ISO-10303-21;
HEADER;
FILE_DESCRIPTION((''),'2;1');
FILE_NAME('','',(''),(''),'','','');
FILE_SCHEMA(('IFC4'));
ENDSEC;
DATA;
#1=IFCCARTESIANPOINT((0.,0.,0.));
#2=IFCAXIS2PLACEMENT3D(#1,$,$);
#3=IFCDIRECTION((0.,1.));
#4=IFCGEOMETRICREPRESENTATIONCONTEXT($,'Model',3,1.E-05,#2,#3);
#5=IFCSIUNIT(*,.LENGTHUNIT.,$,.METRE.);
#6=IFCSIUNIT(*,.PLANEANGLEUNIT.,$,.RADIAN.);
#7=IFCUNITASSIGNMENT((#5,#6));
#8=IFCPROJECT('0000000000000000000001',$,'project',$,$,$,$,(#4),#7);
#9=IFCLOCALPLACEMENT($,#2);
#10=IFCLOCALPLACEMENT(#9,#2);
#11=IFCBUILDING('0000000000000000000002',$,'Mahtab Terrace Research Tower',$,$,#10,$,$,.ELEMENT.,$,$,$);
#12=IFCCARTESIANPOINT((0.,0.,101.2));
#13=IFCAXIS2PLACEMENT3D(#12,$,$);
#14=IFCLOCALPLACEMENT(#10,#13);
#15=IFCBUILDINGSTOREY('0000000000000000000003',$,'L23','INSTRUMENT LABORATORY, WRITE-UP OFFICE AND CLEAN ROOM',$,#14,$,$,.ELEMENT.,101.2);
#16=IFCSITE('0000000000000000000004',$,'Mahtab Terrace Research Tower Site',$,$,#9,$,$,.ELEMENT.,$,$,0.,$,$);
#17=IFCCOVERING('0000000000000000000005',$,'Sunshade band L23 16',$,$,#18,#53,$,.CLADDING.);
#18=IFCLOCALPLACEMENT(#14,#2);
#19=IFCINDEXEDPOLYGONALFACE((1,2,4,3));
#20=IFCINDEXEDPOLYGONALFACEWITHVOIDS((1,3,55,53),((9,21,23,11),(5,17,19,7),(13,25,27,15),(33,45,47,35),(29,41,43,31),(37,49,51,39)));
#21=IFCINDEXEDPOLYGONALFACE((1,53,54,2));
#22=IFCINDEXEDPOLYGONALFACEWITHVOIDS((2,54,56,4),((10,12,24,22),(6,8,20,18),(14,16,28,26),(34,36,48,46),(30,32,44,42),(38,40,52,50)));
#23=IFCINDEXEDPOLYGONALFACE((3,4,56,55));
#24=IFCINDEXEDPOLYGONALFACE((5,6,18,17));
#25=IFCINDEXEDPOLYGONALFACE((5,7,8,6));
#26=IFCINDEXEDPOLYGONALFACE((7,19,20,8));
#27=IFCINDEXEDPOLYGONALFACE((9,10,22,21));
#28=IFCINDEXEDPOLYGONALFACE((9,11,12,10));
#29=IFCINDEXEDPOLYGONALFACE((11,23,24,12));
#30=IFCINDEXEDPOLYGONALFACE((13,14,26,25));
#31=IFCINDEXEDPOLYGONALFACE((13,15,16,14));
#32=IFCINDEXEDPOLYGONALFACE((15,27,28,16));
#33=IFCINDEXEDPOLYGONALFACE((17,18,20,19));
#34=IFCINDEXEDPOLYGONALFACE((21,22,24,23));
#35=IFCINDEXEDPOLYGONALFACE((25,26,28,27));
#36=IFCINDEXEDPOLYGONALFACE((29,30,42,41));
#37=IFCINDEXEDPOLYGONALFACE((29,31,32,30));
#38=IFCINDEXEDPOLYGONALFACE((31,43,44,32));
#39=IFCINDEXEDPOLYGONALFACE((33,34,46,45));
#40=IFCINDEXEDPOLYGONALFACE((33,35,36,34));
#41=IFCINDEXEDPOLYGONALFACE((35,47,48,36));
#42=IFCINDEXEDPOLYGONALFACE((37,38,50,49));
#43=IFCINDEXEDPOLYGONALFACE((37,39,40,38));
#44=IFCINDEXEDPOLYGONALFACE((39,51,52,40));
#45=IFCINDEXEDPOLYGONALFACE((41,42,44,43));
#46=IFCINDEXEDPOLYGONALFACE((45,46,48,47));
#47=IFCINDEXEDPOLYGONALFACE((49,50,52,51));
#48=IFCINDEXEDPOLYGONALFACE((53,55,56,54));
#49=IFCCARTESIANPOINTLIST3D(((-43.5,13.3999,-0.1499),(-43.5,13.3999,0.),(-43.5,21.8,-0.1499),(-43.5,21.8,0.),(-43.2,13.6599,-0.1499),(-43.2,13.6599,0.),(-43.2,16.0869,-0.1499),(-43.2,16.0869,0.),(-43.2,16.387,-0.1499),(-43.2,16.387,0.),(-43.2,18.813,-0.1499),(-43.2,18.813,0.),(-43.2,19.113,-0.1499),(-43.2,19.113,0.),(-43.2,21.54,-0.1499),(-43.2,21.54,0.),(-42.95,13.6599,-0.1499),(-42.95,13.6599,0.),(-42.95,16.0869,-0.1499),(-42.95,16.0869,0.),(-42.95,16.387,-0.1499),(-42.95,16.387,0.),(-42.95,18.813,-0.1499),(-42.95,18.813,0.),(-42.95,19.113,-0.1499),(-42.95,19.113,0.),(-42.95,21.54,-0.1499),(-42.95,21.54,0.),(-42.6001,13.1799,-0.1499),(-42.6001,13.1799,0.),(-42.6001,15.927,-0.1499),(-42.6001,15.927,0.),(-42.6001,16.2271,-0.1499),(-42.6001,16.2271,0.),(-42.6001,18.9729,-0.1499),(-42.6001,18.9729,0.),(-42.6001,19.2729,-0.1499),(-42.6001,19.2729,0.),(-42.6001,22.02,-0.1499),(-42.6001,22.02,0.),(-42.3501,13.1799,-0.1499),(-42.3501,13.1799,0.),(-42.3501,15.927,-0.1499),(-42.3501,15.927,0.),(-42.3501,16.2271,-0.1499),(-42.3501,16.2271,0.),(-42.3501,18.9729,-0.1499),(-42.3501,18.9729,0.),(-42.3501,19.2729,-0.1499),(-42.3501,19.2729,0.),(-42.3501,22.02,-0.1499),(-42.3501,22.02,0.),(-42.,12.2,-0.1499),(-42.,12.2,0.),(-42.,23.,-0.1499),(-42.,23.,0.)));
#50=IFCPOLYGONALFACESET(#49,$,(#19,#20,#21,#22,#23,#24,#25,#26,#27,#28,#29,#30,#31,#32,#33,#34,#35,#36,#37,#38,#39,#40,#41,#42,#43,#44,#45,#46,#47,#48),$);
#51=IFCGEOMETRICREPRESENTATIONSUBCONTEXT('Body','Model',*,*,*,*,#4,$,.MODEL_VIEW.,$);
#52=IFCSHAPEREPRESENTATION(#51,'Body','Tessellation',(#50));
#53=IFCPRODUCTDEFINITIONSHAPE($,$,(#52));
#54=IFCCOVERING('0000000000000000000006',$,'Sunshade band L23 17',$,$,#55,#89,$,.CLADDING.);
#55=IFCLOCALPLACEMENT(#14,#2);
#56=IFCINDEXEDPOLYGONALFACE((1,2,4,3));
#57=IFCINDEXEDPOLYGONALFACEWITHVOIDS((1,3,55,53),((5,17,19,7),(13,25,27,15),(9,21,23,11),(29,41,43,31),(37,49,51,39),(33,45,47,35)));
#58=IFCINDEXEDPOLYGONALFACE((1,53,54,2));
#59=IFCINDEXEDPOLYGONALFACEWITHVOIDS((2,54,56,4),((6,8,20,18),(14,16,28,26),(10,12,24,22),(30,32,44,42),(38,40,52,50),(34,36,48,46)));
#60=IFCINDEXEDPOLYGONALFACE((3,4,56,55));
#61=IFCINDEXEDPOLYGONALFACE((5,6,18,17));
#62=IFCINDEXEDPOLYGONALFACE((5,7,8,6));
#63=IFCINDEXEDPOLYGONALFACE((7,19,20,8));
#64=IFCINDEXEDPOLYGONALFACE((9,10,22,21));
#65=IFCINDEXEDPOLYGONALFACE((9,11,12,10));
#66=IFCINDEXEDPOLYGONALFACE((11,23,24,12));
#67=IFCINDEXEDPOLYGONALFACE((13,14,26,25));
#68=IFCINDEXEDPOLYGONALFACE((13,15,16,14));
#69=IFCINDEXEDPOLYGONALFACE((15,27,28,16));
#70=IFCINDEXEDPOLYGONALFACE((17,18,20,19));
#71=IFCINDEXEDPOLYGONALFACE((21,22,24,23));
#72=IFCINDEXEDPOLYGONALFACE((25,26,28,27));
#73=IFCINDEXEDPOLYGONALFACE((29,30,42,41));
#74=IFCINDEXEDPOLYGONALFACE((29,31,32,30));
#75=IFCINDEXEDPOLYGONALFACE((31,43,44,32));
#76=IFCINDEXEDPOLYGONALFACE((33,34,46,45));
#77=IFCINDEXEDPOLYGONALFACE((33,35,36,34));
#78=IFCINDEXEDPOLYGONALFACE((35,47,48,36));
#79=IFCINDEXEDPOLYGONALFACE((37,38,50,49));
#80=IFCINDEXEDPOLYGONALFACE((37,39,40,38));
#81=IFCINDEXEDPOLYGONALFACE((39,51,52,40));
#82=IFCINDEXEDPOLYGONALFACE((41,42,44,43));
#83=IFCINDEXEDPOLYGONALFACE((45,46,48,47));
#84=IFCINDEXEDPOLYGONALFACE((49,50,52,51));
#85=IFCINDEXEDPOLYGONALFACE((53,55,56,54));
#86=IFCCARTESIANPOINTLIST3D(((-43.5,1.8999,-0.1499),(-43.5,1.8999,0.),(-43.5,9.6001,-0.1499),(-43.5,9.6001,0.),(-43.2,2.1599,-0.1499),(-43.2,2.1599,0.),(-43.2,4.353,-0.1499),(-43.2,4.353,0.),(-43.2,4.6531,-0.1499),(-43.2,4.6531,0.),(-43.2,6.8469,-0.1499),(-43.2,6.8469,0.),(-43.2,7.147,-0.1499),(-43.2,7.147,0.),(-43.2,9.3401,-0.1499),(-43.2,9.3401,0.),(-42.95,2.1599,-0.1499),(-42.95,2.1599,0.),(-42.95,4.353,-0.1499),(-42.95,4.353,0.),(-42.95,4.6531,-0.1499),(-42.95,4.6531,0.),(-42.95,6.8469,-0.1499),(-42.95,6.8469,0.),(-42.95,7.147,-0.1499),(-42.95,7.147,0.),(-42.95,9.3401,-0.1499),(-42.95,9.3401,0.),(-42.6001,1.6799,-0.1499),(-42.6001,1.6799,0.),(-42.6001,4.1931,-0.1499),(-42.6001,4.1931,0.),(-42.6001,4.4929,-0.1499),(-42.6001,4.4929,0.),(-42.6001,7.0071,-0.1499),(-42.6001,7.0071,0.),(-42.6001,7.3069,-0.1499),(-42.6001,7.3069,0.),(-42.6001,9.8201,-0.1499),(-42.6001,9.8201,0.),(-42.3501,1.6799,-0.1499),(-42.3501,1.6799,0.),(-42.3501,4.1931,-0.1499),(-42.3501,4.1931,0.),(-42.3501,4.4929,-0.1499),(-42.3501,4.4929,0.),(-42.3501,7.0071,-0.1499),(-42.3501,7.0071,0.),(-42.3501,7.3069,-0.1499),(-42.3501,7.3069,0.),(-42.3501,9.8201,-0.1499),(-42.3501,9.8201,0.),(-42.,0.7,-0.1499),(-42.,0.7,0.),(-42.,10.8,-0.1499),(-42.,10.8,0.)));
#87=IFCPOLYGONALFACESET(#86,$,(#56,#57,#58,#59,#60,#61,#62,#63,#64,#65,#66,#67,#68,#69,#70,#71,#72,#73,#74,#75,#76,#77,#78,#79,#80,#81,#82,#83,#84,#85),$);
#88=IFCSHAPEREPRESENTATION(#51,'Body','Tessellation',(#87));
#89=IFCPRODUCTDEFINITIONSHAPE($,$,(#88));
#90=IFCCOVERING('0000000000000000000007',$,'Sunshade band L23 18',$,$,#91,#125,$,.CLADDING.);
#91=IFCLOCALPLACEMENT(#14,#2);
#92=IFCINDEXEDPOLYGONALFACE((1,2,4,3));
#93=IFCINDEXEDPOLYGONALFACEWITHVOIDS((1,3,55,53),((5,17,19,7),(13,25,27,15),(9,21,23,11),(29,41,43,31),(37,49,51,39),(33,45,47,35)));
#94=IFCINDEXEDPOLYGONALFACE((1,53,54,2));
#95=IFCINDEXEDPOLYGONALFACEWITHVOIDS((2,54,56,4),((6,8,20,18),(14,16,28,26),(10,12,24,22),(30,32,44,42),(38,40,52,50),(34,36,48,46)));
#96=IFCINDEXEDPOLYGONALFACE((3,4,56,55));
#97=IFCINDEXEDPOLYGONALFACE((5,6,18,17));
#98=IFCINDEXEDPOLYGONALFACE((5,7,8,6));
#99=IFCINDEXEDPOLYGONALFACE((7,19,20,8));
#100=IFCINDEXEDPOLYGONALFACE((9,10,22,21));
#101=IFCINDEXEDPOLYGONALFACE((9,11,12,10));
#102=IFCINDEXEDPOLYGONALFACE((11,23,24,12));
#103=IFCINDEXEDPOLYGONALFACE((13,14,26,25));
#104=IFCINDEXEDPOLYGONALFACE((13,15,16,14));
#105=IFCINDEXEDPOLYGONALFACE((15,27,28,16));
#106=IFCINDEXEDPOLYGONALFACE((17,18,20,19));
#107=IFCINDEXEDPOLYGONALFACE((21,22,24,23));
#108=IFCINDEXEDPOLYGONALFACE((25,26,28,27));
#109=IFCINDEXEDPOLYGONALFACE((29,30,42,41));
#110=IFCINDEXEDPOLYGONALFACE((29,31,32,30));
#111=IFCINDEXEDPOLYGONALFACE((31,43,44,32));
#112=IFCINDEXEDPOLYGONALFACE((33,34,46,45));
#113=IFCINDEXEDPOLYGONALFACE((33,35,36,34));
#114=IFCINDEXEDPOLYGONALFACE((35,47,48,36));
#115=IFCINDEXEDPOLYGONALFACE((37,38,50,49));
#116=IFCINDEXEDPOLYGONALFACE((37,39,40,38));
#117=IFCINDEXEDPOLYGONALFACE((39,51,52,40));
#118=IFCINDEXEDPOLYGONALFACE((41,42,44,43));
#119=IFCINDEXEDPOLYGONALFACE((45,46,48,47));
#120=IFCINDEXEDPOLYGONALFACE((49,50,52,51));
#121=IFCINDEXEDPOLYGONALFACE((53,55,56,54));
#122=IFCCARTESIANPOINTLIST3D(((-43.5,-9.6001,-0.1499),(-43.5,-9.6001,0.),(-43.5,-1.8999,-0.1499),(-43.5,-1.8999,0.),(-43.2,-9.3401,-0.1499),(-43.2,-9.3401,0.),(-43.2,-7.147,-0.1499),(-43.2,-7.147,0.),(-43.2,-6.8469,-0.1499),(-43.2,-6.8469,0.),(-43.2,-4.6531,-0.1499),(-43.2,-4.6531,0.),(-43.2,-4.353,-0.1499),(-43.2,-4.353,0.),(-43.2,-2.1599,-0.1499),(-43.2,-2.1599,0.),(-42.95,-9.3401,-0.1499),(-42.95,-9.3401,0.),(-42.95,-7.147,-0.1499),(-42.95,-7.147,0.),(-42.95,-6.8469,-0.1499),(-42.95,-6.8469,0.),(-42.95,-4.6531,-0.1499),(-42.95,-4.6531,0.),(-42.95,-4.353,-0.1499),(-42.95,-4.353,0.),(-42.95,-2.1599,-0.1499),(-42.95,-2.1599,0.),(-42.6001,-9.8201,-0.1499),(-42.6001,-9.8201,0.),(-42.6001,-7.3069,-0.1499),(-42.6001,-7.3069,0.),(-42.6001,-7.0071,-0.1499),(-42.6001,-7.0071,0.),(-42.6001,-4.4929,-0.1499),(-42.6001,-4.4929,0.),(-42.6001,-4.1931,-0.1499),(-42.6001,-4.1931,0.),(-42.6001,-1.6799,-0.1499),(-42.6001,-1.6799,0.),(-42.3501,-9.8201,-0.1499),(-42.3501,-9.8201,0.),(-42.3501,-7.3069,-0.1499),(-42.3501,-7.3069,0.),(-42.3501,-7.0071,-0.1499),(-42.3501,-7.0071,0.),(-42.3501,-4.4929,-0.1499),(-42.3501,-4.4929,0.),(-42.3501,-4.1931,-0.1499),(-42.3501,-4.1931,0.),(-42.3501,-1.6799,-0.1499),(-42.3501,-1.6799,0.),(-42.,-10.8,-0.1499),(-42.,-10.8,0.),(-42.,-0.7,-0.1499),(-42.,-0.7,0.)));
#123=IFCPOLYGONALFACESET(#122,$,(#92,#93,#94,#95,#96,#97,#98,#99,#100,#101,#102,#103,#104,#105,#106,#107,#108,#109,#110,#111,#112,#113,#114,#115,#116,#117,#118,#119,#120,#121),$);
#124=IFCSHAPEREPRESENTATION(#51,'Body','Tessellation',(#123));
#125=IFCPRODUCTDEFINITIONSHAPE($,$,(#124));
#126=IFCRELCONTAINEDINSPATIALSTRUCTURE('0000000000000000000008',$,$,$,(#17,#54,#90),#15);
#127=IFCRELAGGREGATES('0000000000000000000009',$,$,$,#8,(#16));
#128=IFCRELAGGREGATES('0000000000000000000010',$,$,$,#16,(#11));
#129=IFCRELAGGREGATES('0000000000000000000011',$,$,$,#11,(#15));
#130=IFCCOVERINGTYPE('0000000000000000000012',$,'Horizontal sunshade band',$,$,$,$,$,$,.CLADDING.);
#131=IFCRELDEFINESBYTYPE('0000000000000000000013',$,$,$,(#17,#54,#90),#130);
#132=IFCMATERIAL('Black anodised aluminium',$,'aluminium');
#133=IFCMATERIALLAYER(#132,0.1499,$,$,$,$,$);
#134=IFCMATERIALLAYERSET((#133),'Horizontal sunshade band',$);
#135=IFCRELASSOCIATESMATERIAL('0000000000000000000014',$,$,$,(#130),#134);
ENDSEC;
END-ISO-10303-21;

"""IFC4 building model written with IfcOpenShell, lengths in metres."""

from ifc_helpers import new_model, si_unit, direction, frame, origin, place, context, subcontext, project, spatial, polyline, outline, extrude, material, layer, layer_set, type_object, element, save


model = new_model("IFC4")

# Units and contexts
model_context = context("Model", 3, precision=1e-05, world=origin(), true_north=direction((0.0, 1.0)))
body_context = subcontext(model_context, "Body", "Model", "MODEL_VIEW")
ifc_project = project(units=[si_unit("LENGTHUNIT", "METRE"), si_unit("PLANEANGLEUNIT", "RADIAN")], contexts=[model_context])

# Site, building, storey
site_placement = place(None, origin())
site = spatial("IfcSite", under=ifc_project, at=site_placement, Name="Mahtab Terrace Research Tower Site", CompositionType="ELEMENT", RefElevation=0.0)
building_placement = place(site_placement, origin())
building = spatial("IfcBuilding", under=site, at=building_placement, Name="Mahtab Terrace Research Tower", CompositionType="ELEMENT")
storey_placement = place(building_placement, frame((0.0, 0.0, 101.2)))
storey = spatial("IfcBuildingStorey", under=building, at=storey_placement, Name="L23", Description="INSTRUMENT LABORATORY, WRITE-UP OFFICE AND CLEAN ROOM", CompositionType="ELEMENT", Elevation=101.2)

# Coverings
ifc_material_1 = material(Name="Black anodised aluminium", Category="aluminium")
ifc_layer_1 = layer(ifc_material_1, 0.1499)
ifc_layer_set_1 = layer_set([ifc_layer_1], Name="Horizontal sunshade band")
covering_type_1 = type_object("IfcCoveringType", Name="Horizontal sunshade band", PredefinedType="CLADDING", material=ifc_layer_set_1)
covering_1_placement = place(storey_placement, frame((0.0, 0.0, -0.1499)))
element("IfcCovering", 1, at=covering_1_placement, inside=storey, type_object=covering_type_1, Name="Sunshade band L23 16", PredefinedType="CLADDING", context=body_context, shape_type="SweptSolid", body=[
    extrude(outline(polyline([(-42.0, 23.0), (-42.0, 12.2), (-43.5, 13.3999), (-43.5, 21.8), (-42.0, 23.0)]), holes=[polyline([(-42.3501, 22.02), (-42.3501, 19.2729), (-42.6001, 19.2729), (-42.6001, 22.02), (-42.3501, 22.02)]), polyline([(-42.3501, 18.9729), (-42.3501, 16.2271), (-42.6001, 16.2271), (-42.6001, 18.9729), (-42.3501, 18.9729)]), polyline([(-42.3501, 15.927), (-42.3501, 13.1799), (-42.6001, 13.1799), (-42.6001, 15.927), (-42.3501, 15.927)]), polyline([(-42.95, 21.54), (-42.95, 19.113), (-43.2, 19.113), (-43.2, 21.54), (-42.95, 21.54)]), polyline([(-42.95, 18.813), (-42.95, 16.387), (-43.2, 16.387), (-43.2, 18.813), (-42.95, 18.813)]), polyline([(-42.95, 16.0869), (-42.95, 13.6599), (-43.2, 13.6599), (-43.2, 16.0869), (-42.95, 16.0869)])]), origin(), (0.0, 0.0, 1.0), 0.1499),
])
covering_2_placement = place(storey_placement, frame((0.0, 0.0, -0.1499)))
element("IfcCovering", 2, at=covering_2_placement, inside=storey, type_object=covering_type_1, Name="Sunshade band L23 17", PredefinedType="CLADDING", context=body_context, shape_type="SweptSolid", body=[
    extrude(outline(polyline([(-42.0, 10.8), (-42.0, 0.7), (-43.5, 1.8999), (-43.5, 9.6001), (-42.0, 10.8)]), holes=[polyline([(-42.3501, 9.8201), (-42.3501, 7.3069), (-42.6001, 7.3069), (-42.6001, 9.8201), (-42.3501, 9.8201)]), polyline([(-42.3501, 7.0071), (-42.3501, 4.4929), (-42.6001, 4.4929), (-42.6001, 7.0071), (-42.3501, 7.0071)]), polyline([(-42.3501, 4.1931), (-42.3501, 1.6799), (-42.6001, 1.6799), (-42.6001, 4.1931), (-42.3501, 4.1931)]), polyline([(-42.95, 9.3401), (-42.95, 7.147), (-43.2, 7.147), (-43.2, 9.3401), (-42.95, 9.3401)]), polyline([(-42.95, 6.8469), (-42.95, 4.6531), (-43.2, 4.6531), (-43.2, 6.8469), (-42.95, 6.8469)]), polyline([(-42.95, 4.353), (-42.95, 2.1599), (-43.2, 2.1599), (-43.2, 4.353), (-42.95, 4.353)])]), origin(), (0.0, 0.0, 1.0), 0.1499),
])
covering_3_placement = place(storey_placement, frame((0.0, 0.0, -0.1499)))
element("IfcCovering", 3, at=covering_3_placement, inside=storey, type_object=covering_type_1, Name="Sunshade band L23 18", PredefinedType="CLADDING", context=body_context, shape_type="SweptSolid", body=[
    extrude(outline(polyline([(-42.0, -0.7), (-42.0, -10.8), (-43.5, -9.6001), (-43.5, -1.8999), (-42.0, -0.7)]), holes=[polyline([(-42.3501, -1.6799), (-42.3501, -4.1931), (-42.6001, -4.1931), (-42.6001, -1.6799), (-42.3501, -1.6799)]), polyline([(-42.3501, -4.4929), (-42.3501, -7.0071), (-42.6001, -7.0071), (-42.6001, -4.4929), (-42.3501, -4.4929)]), polyline([(-42.3501, -7.3069), (-42.3501, -9.8201), (-42.6001, -9.8201), (-42.6001, -7.3069), (-42.3501, -7.3069)]), polyline([(-42.95, -2.1599), (-42.95, -4.353), (-43.2, -4.353), (-43.2, -2.1599), (-42.95, -2.1599)]), polyline([(-42.95, -4.6531), (-42.95, -6.8469), (-43.2, -6.8469), (-43.2, -4.6531), (-42.95, -4.6531)]), polyline([(-42.95, -7.147), (-42.95, -9.3401), (-43.2, -9.3401), (-43.2, -7.147), (-42.95, -7.147)])]), origin(), (0.0, 0.0, 1.0), 0.1499),
])

save(model, "model.ifc")
